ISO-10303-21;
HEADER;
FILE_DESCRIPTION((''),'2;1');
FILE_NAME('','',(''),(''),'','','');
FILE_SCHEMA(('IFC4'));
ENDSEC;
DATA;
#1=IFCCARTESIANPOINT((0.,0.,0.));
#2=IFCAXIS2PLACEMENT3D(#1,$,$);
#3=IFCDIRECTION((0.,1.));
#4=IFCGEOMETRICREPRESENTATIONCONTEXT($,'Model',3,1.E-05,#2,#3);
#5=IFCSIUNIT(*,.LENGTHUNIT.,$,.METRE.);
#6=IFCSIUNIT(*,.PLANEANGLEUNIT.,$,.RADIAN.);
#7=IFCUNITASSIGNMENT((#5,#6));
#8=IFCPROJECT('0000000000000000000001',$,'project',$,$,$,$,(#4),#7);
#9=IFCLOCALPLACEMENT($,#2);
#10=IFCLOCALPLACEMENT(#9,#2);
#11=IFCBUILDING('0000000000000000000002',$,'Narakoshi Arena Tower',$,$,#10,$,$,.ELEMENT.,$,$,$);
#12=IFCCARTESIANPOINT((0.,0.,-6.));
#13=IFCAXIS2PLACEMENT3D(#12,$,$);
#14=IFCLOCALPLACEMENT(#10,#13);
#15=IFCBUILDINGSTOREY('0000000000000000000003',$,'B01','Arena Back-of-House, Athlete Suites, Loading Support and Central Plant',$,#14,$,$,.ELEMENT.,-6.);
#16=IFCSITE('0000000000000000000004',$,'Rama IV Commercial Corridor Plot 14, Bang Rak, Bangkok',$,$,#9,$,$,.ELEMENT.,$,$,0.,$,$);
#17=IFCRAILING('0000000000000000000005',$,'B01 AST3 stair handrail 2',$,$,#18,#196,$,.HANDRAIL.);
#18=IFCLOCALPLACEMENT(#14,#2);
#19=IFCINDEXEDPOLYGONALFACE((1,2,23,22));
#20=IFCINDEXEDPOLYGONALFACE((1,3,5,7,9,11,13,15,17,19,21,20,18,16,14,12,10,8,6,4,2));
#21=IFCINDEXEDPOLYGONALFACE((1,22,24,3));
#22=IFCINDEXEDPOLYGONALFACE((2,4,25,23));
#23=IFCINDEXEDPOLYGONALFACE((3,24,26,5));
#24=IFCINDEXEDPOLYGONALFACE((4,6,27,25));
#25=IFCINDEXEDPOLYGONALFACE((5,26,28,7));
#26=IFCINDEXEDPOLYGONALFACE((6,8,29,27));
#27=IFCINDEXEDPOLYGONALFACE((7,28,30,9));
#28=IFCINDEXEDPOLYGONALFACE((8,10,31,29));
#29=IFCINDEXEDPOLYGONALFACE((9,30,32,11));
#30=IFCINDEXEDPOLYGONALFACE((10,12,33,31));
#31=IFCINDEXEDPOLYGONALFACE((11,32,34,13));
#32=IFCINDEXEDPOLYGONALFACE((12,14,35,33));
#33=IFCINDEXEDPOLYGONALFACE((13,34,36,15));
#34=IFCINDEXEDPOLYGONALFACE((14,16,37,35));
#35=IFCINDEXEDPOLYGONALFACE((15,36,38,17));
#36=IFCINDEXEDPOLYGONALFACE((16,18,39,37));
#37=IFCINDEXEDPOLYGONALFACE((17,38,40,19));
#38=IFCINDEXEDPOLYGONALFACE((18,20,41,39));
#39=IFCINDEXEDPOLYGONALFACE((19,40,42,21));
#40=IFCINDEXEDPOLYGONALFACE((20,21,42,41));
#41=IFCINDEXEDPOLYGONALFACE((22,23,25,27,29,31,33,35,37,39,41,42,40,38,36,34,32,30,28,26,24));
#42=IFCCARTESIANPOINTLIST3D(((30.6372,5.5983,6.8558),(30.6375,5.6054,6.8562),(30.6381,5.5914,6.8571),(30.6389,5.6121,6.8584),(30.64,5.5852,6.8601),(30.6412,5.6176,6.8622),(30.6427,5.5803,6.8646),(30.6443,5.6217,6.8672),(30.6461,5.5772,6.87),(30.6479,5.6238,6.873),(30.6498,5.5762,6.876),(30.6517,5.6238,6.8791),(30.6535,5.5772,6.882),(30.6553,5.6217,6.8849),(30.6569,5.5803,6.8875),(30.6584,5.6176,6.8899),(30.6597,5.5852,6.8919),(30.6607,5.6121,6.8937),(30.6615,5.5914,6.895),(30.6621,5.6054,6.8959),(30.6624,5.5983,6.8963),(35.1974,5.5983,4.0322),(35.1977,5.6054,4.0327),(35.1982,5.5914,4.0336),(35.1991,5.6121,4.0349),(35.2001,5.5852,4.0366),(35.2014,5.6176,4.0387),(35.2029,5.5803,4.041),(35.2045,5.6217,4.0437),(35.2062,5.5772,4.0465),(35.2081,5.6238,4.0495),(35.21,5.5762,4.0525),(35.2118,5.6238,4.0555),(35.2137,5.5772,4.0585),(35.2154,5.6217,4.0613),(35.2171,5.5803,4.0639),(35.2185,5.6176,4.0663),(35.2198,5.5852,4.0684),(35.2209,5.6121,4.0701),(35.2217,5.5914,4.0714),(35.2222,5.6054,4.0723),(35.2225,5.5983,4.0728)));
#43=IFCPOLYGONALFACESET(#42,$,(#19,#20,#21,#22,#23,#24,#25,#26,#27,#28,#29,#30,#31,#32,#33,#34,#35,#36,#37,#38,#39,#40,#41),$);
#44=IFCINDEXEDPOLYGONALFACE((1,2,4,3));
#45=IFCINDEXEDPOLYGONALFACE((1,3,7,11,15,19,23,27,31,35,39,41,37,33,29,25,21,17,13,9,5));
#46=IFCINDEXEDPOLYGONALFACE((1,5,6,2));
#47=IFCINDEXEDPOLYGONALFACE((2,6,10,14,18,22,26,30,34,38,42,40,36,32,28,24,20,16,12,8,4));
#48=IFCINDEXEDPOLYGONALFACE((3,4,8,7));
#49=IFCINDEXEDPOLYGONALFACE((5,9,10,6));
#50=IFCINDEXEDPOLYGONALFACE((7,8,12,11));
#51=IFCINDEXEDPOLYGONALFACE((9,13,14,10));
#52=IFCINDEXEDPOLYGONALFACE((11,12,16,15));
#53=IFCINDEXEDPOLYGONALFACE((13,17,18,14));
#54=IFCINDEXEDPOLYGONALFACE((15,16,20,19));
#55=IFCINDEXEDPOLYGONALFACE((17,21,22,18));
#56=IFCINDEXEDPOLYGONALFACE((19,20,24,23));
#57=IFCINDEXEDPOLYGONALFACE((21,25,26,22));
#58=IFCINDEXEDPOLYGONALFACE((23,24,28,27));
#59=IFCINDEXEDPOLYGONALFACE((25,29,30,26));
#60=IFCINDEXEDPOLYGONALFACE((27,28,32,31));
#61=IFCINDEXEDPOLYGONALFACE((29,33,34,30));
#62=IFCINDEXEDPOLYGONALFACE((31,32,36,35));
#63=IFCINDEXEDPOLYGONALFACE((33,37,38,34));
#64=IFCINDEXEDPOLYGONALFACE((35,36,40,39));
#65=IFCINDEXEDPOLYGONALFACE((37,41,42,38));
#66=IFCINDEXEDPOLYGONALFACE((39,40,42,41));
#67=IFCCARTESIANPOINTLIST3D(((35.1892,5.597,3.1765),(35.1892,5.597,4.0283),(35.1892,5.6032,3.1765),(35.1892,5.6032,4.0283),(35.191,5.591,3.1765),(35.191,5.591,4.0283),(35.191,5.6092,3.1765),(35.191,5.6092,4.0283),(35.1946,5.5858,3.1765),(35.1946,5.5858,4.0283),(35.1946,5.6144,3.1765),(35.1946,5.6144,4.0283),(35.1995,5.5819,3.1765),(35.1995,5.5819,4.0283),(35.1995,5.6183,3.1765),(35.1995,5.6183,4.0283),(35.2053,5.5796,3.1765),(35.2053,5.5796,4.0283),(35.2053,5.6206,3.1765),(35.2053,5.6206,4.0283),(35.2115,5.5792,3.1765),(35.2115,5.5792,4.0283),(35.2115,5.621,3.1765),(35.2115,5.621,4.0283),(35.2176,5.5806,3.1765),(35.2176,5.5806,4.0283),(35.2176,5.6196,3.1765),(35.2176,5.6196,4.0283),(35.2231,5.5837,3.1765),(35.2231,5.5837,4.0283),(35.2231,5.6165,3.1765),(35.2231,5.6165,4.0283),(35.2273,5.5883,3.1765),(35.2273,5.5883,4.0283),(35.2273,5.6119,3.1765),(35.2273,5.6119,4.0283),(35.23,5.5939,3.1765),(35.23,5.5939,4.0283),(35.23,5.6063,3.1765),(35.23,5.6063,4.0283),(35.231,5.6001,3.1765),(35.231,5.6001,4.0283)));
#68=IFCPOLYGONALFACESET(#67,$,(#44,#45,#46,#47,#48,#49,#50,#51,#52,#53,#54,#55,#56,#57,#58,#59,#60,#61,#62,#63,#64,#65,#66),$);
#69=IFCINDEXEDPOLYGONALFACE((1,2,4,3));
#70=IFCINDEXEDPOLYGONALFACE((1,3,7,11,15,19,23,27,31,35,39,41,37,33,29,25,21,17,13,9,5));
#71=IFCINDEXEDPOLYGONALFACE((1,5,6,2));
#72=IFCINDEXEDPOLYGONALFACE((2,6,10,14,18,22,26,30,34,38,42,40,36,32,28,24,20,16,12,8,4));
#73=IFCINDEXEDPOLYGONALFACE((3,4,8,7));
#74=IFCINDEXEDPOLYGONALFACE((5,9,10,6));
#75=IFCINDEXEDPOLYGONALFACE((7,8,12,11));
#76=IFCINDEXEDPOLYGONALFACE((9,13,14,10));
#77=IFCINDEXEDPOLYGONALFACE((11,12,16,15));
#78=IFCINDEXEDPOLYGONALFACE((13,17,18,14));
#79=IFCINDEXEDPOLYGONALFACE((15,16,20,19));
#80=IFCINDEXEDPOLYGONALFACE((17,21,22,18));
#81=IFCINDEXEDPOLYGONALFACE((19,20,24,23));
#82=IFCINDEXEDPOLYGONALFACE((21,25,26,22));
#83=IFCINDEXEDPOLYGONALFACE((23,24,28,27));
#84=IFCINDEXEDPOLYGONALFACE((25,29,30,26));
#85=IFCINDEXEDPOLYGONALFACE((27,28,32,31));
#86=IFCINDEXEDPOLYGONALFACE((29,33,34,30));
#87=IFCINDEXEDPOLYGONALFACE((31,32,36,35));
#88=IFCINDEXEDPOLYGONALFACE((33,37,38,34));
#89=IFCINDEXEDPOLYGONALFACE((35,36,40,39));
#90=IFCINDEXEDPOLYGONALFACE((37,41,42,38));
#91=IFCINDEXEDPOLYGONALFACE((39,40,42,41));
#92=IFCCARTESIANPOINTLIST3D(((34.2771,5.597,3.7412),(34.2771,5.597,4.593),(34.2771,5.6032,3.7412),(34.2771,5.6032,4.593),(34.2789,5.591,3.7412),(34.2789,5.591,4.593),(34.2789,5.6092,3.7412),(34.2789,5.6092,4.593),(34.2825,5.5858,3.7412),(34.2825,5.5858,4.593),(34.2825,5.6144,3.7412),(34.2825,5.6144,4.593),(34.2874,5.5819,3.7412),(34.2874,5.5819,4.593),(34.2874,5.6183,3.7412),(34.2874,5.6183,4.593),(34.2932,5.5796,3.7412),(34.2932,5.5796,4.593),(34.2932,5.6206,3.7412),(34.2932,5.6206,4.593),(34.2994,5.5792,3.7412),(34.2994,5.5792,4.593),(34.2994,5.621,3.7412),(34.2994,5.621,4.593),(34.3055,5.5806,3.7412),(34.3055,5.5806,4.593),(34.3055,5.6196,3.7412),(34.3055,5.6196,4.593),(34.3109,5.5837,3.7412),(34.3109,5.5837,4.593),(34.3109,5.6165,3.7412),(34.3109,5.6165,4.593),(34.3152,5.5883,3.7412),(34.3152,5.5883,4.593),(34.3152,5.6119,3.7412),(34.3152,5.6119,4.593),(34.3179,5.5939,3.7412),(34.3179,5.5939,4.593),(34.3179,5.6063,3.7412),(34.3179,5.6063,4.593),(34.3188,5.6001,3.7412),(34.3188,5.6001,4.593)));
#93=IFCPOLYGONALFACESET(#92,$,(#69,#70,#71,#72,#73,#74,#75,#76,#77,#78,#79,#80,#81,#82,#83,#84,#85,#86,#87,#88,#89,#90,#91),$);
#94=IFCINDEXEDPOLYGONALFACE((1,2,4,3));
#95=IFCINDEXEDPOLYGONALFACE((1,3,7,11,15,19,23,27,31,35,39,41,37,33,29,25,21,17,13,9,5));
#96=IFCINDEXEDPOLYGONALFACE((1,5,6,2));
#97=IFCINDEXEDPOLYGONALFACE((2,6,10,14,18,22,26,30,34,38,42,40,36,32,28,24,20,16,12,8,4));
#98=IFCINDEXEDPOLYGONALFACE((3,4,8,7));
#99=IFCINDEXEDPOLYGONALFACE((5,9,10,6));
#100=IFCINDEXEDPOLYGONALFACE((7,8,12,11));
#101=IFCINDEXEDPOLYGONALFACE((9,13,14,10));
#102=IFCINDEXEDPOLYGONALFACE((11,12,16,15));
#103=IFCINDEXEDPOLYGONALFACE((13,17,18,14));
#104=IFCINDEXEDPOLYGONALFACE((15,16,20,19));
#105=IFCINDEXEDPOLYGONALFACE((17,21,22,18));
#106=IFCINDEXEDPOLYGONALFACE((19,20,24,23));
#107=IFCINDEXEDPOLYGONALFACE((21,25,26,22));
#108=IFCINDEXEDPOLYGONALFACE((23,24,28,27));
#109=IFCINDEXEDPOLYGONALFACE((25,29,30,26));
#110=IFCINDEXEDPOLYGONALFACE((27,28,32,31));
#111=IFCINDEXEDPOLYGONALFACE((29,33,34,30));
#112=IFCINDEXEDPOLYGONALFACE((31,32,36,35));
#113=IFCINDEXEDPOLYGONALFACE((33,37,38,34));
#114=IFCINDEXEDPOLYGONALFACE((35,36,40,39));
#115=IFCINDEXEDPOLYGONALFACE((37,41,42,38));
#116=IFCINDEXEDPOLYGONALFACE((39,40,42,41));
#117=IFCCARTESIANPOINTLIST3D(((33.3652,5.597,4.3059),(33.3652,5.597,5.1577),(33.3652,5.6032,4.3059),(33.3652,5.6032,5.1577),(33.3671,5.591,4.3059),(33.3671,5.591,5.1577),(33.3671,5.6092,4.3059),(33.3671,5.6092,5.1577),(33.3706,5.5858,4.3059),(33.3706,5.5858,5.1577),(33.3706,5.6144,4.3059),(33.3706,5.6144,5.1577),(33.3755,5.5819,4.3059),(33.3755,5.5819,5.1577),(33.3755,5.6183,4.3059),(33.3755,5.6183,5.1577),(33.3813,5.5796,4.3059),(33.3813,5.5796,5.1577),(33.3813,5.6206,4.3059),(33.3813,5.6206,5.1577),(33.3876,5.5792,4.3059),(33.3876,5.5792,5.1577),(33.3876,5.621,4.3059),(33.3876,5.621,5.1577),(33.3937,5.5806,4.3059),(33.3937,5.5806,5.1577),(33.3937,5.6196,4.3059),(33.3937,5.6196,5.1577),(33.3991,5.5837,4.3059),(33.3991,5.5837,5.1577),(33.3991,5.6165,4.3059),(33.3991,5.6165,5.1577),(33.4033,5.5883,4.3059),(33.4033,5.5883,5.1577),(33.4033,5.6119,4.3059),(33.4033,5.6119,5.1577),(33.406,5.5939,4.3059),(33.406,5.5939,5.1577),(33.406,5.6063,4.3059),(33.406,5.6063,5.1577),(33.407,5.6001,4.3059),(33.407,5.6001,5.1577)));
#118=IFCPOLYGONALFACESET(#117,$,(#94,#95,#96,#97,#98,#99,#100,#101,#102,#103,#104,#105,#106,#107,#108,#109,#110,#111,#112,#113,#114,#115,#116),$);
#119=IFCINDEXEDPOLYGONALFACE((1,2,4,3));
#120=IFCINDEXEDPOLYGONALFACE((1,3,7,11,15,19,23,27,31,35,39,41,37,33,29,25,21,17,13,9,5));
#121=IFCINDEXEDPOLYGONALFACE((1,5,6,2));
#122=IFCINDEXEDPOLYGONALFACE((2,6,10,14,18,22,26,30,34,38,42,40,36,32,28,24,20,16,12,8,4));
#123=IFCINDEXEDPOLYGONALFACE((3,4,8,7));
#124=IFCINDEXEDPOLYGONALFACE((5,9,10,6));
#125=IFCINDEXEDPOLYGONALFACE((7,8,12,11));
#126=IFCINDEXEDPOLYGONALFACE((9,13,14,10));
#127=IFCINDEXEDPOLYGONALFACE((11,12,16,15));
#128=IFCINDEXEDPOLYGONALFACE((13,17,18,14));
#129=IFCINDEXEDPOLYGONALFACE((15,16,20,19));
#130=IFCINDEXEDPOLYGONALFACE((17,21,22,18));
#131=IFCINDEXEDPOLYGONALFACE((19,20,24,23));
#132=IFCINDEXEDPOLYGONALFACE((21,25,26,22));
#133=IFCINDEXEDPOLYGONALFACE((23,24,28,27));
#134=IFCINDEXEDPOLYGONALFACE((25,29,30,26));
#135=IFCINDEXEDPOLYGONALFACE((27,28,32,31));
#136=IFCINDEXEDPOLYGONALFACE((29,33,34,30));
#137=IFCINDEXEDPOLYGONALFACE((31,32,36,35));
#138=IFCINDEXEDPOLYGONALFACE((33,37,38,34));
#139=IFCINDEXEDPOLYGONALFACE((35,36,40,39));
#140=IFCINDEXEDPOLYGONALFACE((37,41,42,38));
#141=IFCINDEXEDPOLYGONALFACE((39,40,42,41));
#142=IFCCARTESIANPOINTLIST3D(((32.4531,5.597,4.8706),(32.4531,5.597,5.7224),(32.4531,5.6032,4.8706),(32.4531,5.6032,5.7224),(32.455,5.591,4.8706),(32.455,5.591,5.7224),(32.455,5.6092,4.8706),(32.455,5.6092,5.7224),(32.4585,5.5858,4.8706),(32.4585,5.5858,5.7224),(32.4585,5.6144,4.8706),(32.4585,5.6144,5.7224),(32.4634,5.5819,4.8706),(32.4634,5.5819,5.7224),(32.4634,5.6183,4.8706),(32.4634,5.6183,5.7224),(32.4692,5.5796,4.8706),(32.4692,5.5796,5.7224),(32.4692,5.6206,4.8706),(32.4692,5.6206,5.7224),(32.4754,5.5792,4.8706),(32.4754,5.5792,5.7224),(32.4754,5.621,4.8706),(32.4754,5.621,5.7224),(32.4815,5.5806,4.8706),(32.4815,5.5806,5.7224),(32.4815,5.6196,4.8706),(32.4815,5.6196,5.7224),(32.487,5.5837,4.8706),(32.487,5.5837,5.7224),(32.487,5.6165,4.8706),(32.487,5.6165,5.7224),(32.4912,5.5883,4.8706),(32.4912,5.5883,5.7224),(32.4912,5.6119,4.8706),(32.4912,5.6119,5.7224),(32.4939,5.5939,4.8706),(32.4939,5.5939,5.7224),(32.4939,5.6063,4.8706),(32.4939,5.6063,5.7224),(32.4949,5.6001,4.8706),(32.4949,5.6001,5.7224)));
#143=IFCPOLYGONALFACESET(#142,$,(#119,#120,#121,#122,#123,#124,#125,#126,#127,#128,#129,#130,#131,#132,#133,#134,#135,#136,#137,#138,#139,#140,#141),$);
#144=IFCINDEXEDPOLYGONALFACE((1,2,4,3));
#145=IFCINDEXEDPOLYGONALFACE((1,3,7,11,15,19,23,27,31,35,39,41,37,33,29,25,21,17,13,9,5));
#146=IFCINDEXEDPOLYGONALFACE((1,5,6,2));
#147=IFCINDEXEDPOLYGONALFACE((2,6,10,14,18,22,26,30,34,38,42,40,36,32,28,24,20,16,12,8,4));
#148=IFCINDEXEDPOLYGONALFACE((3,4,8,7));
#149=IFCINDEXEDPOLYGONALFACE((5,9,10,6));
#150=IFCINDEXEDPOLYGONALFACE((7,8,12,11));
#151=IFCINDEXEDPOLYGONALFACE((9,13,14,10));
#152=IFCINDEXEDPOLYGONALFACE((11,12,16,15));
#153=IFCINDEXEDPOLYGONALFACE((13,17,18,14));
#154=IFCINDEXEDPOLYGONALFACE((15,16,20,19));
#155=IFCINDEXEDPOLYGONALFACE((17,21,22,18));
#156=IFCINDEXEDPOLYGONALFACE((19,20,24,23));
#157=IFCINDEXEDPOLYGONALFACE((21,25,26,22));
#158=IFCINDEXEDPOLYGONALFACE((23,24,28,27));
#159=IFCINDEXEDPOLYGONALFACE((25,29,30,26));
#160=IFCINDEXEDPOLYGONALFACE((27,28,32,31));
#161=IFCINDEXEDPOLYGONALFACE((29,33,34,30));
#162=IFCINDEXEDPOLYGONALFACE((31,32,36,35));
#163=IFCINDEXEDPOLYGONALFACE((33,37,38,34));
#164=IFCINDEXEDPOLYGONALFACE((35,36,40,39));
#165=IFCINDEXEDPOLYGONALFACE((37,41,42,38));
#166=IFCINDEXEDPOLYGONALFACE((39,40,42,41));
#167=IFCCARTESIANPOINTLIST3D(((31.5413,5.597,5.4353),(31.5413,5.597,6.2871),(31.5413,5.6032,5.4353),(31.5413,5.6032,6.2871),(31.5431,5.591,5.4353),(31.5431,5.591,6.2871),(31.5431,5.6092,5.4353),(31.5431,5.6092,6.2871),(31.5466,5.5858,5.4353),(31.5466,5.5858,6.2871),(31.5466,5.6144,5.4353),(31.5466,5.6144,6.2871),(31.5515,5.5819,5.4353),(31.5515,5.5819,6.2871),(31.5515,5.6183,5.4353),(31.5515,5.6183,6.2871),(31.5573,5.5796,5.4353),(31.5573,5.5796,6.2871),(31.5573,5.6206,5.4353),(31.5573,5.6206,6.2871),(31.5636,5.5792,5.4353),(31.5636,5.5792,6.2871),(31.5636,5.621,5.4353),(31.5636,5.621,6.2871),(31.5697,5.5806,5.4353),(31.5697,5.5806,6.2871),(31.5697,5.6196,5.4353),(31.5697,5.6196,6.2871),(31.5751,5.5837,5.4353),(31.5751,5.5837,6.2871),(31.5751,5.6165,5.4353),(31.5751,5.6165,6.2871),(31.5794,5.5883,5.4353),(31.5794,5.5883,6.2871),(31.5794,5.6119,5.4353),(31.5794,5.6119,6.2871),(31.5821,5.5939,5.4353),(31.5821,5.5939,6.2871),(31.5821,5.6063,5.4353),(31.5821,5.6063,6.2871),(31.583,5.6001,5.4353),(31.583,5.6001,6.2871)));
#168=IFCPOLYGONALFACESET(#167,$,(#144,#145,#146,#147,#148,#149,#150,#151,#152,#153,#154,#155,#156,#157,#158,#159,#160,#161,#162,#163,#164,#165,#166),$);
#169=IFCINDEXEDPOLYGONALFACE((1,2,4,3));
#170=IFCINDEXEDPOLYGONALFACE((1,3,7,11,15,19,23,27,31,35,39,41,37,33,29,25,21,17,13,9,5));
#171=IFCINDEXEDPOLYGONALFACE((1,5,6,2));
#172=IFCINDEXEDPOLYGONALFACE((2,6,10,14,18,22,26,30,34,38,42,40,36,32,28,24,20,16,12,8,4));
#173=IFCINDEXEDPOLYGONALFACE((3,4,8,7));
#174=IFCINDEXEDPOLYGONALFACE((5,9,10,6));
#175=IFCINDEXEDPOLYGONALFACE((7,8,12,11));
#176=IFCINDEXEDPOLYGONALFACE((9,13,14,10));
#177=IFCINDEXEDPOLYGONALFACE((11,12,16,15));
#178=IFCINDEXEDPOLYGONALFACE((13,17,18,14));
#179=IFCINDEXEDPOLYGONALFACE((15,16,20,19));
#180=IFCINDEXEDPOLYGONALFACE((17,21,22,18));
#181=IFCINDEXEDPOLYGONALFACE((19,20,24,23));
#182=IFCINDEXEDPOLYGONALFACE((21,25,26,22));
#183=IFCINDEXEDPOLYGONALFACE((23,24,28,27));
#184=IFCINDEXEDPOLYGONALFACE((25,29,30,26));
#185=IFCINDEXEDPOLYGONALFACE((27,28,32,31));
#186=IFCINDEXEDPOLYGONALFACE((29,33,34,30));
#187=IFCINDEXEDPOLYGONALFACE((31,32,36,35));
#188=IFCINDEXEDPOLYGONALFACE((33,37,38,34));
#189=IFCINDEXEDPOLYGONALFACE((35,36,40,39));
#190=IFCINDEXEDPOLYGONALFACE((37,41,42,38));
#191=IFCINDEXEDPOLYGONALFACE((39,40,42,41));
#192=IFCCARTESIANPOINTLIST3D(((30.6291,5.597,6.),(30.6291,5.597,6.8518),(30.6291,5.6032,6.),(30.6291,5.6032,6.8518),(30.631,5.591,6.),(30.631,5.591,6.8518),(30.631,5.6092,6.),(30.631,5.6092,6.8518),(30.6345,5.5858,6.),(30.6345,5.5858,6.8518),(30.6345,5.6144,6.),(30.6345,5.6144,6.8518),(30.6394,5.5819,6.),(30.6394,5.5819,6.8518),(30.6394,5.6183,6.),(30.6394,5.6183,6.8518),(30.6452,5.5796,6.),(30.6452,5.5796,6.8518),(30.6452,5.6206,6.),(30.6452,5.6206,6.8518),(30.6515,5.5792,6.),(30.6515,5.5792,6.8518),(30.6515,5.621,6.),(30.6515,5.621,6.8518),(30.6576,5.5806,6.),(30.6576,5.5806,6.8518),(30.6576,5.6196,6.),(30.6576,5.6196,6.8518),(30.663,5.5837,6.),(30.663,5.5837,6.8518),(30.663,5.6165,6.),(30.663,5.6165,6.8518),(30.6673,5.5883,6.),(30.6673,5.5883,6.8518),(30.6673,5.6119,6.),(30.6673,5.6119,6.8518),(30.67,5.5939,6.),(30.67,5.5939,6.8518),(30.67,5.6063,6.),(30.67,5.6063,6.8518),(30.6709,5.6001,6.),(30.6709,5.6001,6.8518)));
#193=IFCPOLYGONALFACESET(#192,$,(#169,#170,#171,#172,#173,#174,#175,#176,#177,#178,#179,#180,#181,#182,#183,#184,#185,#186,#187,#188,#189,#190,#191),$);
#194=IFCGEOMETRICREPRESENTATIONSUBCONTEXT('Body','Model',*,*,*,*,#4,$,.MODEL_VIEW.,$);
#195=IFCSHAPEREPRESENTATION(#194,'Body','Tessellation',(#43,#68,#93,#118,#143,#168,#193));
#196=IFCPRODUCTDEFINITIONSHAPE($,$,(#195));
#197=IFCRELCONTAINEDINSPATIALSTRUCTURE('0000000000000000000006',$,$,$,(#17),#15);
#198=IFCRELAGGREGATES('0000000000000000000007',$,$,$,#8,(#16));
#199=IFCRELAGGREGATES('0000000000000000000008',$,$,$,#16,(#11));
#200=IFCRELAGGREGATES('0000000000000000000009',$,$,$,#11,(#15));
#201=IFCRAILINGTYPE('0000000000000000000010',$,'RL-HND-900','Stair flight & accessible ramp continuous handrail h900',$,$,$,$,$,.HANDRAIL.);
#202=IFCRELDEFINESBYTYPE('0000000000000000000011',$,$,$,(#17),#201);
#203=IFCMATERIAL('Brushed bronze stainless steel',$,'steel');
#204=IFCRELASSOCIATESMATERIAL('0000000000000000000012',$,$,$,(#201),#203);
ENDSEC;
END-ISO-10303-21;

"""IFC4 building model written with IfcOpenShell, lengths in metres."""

from ifc_helpers import new_model, si_unit, direction, frame, origin, origin_2d, place, context, subcontext, project, spatial, circle, extrude, material, type_object, element, save


model = new_model("IFC4")

# Units and contexts
model_context = context("Model", 3, precision=1e-05, world=origin(), true_north=direction((0.0, 1.0)))
body_context = subcontext(model_context, "Body", "Model", "MODEL_VIEW")
ifc_project = project(units=[si_unit("LENGTHUNIT", "METRE"), si_unit("PLANEANGLEUNIT", "RADIAN")], contexts=[model_context])

# Site, building, storey
site_placement = place(None, origin())
site = spatial("IfcSite", under=ifc_project, at=site_placement, Name="Rama IV Commercial Corridor Plot 14, Bang Rak, Bangkok", CompositionType="ELEMENT", RefElevation=0.0)
building_placement = place(site_placement, origin())
building = spatial("IfcBuilding", under=site, at=building_placement, Name="Narakoshi Arena Tower", CompositionType="ELEMENT")
storey_placement = place(building_placement, frame((0.0, 0.0, -6.0)))
storey = spatial("IfcBuildingStorey", under=building, at=storey_placement, Name="B01", Description="Arena Back-of-House, Athlete Suites, Loading Support and Central Plant", CompositionType="ELEMENT", Elevation=-6.0)

# Railing
ifc_material_1 = material(Name="Brushed bronze stainless steel", Category="steel")
railing_type_1 = type_object("IfcRailingType", Name="RL-HND-900", Description="Stair flight & accessible ramp continuous handrail h900", PredefinedType="HANDRAIL", material=ifc_material_1)
railing_1_placement = place(storey_placement, frame((35.21, 5.6001, 3.1765)))
element("IfcRailing", 1, at=railing_1_placement, inside=storey, type_object=railing_type_1, Name="B01 AST3 stair handrail 2", PredefinedType="HANDRAIL", context=body_context, shape_type="SweptSolid", body=[
    extrude(circle(Radius=0.0239, at=origin_2d()), frame((0.0, 0.0, 0.876), z_axis=(-0.850216, 0.0, 0.526435), x_axis=(0.0, -1.0, 0.0)), (0.0, 0.0, 1.0), 5.3635),
    extrude(circle(Radius=0.021, at=origin_2d()), origin(), (0.0, 0.0, 1.0), 0.8518),
    extrude(circle(Radius=0.021, at=origin_2d()), frame((-0.9121, 0.0, 0.5647)), (0.0, 0.0, 1.0), 0.8518),
    extrude(circle(Radius=0.021, at=origin_2d()), frame((-1.824, 0.0, 1.1294)), (0.0, 0.0, 1.0), 0.8518),
    extrude(circle(Radius=0.021, at=origin_2d()), frame((-2.7361, 0.0, 1.6941)), (0.0, 0.0, 1.0), 0.8518),
    extrude(circle(Radius=0.021, at=origin_2d()), frame((-3.6479, 0.0, 2.2588)), (0.0, 0.0, 1.0), 0.8518),
    extrude(circle(Radius=0.021, at=origin_2d()), frame((-4.5601, 0.0, 2.8235)), (0.0, 0.0, 1.0), 0.8518),
])

save(model, "model.ifc")
